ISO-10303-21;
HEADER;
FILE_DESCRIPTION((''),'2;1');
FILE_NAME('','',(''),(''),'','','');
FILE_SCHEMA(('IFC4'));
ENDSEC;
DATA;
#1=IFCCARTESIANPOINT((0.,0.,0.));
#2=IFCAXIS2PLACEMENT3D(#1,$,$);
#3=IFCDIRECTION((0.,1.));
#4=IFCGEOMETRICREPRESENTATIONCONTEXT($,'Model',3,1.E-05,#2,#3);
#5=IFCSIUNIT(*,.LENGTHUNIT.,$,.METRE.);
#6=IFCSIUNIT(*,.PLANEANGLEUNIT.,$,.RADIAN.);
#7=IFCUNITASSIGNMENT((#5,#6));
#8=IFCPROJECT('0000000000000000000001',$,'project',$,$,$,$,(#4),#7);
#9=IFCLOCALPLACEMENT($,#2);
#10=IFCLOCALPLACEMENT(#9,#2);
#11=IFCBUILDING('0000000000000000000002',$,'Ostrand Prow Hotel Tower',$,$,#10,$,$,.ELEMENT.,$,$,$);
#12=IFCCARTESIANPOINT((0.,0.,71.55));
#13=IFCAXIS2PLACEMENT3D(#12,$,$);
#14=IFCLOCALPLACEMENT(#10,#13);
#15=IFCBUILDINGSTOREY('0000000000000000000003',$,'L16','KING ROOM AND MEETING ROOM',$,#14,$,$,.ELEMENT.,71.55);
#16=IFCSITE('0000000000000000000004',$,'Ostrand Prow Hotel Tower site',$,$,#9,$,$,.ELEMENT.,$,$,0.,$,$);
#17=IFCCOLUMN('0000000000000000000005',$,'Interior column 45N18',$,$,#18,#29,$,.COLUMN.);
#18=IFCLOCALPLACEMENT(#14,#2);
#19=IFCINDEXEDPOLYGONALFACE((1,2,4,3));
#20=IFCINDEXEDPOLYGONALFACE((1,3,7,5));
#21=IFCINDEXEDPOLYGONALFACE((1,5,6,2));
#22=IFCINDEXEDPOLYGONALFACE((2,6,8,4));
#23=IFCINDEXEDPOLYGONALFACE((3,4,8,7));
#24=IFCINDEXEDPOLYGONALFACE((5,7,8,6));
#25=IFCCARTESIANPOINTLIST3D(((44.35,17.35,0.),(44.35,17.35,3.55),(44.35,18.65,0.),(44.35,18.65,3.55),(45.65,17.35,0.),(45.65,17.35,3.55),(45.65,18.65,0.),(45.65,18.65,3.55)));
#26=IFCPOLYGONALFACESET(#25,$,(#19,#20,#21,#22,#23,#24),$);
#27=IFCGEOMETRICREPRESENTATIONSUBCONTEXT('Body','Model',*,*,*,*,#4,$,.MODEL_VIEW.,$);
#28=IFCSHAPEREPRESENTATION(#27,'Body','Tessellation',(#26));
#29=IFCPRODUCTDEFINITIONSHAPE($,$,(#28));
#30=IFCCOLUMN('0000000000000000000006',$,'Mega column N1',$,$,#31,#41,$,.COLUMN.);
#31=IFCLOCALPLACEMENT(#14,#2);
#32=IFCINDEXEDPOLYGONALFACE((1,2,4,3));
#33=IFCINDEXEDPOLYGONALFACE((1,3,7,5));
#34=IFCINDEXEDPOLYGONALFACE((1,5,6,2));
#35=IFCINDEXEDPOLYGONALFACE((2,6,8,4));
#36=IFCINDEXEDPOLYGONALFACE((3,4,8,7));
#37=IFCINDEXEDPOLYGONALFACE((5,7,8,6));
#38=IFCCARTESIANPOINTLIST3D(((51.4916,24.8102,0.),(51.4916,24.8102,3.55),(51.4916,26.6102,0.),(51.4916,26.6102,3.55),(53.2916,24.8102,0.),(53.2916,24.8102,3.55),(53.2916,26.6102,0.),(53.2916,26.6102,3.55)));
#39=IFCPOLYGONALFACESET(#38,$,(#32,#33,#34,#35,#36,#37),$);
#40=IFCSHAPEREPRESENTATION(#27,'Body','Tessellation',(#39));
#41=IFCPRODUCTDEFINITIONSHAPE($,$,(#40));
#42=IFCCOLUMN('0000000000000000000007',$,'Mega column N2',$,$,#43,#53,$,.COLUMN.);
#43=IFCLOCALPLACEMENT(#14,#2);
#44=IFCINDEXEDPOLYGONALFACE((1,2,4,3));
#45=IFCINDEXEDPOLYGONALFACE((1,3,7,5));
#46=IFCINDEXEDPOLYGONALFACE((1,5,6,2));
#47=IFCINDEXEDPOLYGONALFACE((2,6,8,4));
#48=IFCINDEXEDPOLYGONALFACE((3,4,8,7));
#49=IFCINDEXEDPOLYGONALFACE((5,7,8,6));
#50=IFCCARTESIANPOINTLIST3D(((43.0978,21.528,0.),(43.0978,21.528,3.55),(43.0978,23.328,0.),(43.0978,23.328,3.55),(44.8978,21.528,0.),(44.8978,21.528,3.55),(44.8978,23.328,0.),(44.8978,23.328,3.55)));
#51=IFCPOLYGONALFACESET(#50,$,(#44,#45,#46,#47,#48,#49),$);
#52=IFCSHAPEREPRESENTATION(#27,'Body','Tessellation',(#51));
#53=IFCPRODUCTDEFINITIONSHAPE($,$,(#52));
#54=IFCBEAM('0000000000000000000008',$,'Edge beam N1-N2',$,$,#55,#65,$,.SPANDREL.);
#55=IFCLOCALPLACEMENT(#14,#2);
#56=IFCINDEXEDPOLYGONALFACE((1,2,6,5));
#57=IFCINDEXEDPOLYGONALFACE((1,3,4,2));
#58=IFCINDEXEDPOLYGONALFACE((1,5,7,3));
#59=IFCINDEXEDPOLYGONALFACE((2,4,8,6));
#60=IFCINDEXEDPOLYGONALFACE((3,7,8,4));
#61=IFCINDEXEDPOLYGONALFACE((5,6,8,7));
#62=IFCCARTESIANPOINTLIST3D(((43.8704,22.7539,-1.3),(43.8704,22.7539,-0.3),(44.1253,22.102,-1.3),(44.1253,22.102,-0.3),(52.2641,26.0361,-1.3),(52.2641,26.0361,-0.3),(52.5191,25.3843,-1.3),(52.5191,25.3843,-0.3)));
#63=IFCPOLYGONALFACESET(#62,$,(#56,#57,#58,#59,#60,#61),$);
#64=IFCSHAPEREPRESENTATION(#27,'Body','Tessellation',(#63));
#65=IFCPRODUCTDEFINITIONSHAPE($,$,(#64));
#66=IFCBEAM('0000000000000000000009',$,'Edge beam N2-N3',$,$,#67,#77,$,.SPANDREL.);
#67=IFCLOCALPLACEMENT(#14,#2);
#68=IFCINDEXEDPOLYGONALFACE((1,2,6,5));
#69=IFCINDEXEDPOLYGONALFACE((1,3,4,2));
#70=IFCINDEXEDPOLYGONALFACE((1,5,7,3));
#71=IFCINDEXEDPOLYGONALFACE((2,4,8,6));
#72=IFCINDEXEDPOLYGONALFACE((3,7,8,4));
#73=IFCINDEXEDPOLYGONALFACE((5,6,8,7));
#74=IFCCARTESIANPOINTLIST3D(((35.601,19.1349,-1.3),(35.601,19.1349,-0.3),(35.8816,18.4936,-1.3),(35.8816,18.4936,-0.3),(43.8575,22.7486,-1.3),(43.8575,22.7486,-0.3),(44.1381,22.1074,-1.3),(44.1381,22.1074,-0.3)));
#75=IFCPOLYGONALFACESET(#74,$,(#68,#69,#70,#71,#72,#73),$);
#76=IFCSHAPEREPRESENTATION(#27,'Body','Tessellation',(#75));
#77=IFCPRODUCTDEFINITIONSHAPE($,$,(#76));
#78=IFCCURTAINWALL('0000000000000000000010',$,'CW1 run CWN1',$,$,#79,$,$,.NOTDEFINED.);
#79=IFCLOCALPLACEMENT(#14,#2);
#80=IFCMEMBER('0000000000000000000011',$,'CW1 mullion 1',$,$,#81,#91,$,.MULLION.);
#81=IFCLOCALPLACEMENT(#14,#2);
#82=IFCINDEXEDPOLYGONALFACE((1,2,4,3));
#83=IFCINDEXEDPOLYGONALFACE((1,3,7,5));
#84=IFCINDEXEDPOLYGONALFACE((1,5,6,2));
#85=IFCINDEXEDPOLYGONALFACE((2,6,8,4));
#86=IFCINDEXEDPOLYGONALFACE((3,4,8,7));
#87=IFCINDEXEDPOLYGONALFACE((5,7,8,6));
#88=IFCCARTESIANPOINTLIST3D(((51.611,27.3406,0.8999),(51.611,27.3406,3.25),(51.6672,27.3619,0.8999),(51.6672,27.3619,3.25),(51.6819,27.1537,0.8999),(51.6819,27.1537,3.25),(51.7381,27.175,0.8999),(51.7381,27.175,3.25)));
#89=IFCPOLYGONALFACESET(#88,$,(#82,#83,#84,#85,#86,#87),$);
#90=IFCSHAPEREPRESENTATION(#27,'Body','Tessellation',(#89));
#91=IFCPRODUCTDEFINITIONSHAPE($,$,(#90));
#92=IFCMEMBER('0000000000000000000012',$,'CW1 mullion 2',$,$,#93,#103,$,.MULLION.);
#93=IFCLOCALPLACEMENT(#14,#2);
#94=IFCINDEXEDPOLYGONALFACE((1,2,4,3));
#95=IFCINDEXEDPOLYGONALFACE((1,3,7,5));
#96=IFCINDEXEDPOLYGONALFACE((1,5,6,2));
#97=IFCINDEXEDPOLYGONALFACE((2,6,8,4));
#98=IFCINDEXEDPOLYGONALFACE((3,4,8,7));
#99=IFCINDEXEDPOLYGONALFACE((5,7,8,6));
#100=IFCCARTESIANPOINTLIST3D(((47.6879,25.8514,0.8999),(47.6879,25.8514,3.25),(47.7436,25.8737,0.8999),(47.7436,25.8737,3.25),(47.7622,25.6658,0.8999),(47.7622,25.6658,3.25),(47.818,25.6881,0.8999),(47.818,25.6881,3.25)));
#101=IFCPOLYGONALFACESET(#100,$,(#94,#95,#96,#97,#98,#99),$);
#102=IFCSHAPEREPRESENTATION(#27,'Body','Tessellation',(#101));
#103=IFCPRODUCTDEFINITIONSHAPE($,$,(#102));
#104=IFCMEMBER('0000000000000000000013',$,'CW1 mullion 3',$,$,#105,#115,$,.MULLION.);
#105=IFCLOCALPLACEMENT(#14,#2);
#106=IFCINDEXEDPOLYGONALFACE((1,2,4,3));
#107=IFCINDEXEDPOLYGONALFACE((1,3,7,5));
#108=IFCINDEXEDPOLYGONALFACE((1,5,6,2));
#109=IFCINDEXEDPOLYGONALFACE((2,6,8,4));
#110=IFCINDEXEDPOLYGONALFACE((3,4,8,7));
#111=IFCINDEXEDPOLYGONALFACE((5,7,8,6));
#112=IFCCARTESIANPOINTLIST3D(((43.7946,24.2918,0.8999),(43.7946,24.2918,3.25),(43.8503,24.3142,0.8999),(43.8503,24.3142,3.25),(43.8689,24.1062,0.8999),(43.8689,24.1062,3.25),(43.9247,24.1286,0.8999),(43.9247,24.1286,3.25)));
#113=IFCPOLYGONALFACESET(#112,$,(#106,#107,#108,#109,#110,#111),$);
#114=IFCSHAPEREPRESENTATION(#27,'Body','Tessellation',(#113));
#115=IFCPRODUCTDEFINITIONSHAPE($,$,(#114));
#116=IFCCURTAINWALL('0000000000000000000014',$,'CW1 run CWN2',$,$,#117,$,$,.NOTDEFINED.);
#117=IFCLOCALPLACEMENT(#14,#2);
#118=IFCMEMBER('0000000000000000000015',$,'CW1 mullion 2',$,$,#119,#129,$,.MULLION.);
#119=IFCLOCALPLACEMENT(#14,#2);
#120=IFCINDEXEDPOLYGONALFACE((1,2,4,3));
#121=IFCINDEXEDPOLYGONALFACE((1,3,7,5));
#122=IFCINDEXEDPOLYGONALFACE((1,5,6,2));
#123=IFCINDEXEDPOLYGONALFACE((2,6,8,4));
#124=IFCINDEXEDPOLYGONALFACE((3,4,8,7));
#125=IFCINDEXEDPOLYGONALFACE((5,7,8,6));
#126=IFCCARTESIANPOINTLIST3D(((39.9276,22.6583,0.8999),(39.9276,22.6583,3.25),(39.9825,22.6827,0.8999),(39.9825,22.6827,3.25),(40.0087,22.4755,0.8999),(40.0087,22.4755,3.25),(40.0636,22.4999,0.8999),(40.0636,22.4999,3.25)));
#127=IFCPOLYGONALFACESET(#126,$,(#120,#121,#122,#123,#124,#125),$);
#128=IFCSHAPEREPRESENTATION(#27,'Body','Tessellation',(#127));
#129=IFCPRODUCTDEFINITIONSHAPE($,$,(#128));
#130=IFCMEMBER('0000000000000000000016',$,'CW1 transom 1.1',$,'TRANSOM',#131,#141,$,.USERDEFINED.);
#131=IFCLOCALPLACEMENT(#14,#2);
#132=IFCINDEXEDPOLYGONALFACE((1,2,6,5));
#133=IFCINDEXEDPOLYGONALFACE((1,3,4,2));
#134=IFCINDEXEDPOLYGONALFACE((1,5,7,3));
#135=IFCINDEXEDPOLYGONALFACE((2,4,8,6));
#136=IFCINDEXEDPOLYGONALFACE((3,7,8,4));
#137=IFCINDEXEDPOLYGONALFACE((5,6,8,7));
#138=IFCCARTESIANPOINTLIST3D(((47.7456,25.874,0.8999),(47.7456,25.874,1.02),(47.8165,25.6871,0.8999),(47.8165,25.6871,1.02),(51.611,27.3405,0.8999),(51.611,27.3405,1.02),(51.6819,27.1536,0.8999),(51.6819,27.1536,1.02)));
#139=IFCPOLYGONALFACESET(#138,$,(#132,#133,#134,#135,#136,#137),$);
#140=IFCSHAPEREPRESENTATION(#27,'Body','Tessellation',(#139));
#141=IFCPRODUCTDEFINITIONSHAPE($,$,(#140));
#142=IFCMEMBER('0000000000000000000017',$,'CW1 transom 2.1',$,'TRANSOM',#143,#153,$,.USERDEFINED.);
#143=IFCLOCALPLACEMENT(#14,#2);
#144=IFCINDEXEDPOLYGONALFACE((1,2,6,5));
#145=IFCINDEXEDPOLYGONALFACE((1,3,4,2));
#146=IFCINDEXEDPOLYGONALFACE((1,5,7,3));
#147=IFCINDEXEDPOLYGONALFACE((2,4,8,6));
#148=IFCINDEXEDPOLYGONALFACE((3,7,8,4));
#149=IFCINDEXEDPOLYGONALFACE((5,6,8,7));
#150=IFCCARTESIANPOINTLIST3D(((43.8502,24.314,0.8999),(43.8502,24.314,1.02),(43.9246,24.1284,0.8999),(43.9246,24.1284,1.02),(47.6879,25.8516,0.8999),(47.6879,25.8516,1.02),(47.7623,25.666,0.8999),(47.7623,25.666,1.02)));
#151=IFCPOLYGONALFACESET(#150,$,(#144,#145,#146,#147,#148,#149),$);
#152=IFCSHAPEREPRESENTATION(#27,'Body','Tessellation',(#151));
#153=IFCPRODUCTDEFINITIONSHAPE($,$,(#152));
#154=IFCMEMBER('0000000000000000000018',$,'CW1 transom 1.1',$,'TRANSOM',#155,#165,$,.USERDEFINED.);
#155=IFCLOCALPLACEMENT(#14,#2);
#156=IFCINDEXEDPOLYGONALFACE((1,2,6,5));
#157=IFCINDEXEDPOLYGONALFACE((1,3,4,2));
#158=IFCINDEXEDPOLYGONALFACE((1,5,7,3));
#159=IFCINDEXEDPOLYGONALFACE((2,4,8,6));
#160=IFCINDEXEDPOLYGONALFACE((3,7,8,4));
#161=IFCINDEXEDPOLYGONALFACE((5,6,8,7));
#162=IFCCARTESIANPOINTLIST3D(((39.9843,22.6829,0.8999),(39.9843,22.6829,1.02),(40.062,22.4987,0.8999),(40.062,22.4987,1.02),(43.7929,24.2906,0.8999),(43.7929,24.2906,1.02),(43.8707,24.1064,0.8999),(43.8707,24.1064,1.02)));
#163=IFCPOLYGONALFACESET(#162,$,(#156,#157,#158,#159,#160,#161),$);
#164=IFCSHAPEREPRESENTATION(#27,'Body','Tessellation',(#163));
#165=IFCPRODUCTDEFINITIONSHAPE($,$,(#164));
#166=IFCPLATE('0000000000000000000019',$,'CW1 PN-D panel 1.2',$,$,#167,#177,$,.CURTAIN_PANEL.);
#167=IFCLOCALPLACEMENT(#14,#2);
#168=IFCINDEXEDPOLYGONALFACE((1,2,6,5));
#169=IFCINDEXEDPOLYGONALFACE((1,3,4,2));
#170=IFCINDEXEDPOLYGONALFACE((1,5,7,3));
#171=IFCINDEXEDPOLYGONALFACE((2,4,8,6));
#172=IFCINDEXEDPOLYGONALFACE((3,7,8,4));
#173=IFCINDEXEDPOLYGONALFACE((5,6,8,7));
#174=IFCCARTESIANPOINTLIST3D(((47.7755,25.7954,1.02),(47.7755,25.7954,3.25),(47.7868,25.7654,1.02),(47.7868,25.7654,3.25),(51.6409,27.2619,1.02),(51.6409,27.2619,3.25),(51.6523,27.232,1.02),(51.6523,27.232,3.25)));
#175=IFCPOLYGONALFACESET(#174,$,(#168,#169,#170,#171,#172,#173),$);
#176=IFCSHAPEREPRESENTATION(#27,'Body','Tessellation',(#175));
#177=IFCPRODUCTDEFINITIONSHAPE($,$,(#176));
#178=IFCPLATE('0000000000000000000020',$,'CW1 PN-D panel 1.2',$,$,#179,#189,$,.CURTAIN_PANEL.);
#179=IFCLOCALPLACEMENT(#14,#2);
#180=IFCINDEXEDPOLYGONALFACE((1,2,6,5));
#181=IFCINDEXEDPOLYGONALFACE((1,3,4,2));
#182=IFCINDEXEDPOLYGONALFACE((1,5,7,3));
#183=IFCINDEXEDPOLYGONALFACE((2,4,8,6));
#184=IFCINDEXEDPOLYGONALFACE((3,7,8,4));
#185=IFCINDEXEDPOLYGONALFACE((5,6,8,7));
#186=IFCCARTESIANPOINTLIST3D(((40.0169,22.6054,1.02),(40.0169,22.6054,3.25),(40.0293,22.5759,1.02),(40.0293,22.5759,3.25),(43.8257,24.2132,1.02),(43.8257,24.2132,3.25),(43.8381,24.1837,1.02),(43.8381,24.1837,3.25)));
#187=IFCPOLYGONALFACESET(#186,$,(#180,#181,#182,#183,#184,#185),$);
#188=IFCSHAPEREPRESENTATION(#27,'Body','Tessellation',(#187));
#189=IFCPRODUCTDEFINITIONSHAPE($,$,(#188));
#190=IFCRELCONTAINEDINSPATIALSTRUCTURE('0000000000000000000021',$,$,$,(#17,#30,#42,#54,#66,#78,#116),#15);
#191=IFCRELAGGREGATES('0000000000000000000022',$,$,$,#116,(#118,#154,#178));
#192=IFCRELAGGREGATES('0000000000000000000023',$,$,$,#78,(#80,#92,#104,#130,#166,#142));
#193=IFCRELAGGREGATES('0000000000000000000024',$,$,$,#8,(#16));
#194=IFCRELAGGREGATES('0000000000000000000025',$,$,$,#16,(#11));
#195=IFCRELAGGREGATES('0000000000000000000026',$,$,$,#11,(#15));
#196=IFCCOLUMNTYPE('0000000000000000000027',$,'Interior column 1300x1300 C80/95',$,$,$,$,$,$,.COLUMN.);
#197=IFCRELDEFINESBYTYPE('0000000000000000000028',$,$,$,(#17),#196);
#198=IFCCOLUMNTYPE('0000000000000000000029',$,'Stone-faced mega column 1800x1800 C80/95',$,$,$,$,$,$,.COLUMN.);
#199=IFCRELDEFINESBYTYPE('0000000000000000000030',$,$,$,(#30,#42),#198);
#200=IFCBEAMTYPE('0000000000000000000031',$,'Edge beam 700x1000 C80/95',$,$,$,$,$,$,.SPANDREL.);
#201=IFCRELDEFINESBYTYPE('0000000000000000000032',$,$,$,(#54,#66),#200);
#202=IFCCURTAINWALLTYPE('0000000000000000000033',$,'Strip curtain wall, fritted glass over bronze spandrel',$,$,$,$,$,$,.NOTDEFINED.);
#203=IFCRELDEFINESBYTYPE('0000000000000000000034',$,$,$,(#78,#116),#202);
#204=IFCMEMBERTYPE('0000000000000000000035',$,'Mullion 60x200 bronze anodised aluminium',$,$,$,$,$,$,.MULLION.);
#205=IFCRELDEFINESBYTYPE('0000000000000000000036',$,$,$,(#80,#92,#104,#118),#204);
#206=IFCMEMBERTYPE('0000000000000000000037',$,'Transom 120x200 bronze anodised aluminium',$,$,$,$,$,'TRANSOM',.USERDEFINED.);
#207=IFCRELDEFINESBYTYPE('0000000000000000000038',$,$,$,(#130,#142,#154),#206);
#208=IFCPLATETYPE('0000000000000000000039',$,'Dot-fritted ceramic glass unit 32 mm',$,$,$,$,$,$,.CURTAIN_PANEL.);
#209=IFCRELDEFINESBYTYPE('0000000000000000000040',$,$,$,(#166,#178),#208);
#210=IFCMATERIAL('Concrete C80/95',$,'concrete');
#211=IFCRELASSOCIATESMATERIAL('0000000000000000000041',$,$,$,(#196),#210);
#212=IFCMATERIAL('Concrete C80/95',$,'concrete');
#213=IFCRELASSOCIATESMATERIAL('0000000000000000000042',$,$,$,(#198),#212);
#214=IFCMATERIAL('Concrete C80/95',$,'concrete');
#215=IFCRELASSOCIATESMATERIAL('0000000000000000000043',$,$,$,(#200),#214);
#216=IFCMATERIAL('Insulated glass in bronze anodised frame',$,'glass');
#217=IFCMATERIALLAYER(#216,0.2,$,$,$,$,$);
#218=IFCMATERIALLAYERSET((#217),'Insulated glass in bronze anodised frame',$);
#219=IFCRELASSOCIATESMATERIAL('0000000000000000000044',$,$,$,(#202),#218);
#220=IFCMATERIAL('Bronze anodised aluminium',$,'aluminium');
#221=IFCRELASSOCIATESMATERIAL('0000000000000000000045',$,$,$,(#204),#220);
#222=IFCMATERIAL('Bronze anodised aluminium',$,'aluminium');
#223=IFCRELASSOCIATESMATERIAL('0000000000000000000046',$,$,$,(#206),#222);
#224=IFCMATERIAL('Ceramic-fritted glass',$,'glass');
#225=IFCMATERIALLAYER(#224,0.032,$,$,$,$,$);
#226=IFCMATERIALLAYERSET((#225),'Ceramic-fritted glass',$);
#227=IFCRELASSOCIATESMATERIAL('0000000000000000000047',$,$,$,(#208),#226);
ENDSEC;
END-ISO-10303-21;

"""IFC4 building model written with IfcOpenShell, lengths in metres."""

from ifc_helpers import new_model, si_unit, direction, frame, origin, origin_2d, place, context, subcontext, project, spatial, rectangle, extrude, material, layer, layer_set, material_profile, profile_set, type_object, element, aggregate, save


model = new_model("IFC4")

# Units and contexts
model_context = context("Model", 3, precision=1e-05, world=origin(), true_north=direction((0.0, 1.0)))
body_context = subcontext(model_context, "Body", "Model", "MODEL_VIEW")
ifc_project = project(units=[si_unit("LENGTHUNIT", "METRE"), si_unit("PLANEANGLEUNIT", "RADIAN")], contexts=[model_context])

# Site, building, storey
site_placement = place(None, origin())
site = spatial("IfcSite", under=ifc_project, at=site_placement, Name="Ostrand Prow Hotel Tower site", CompositionType="ELEMENT", RefElevation=0.0)
building_placement = place(site_placement, origin())
building = spatial("IfcBuilding", under=site, at=building_placement, Name="Ostrand Prow Hotel Tower", CompositionType="ELEMENT")
storey_placement = place(building_placement, frame((0.0, 0.0, 71.55)))
storey = spatial("IfcBuildingStorey", under=building, at=storey_placement, Name="L16", Description="KING ROOM AND MEETING ROOM", CompositionType="ELEMENT", Elevation=71.55)

# Columns
ifc_material_1 = material(Name="Concrete C80/95", Category="concrete")
ifc_material_profile_1 = material_profile(ifc_material_1, rectangle(XDim=1.3, YDim=1.3, at=origin_2d()), Name="RC 1300x1300")
ifc_profile_set_1 = profile_set([ifc_material_profile_1], Name="Concrete C80/95")
column_type_1 = type_object("IfcColumnType", Name="Interior column 1300x1300 C80/95", PredefinedType="COLUMN", material=ifc_profile_set_1)
column_placement = place(storey_placement, frame((45.0, 18.0, 0.0), z_axis=(0.0, 0.0, 1.0), x_axis=(1.0, 0.0, 0.0)))
element("IfcColumn", 1, at=column_placement, inside=storey, type_object=column_type_1, Name="Interior column 45N18", PredefinedType="COLUMN", context=body_context, shape_type="SweptSolid", body=[
    extrude(rectangle(XDim=1.3, YDim=1.3, at=origin_2d()), origin(), (0.0, 0.0, 1.0), 3.55),
])
ifc_material_2 = material(Name="Concrete C80/95", Category="concrete")
ifc_material_profile_2 = material_profile(ifc_material_2, rectangle(XDim=1.8, YDim=1.8, at=origin_2d()), Name="RC 1800x1800")
ifc_profile_set_2 = profile_set([ifc_material_profile_2], Name="Concrete C80/95")
column_type_2 = type_object("IfcColumnType", Name="Stone-faced mega column 1800x1800 C80/95", PredefinedType="COLUMN", material=ifc_profile_set_2)
for number, where, z_axis, x_axis, name in (
    (2, (52.3916, 25.7102, 0.0), (0.0, 0.0, 1.0), (1.0, 0.0, 0.0), "Mega column N1"),
    (3, (43.9978, 22.428, 0.0), (0.0, 0.0, 1.0), (1.0, 0.0, 0.0), "Mega column N2"),
):
    element("IfcColumn", number, at=place(storey_placement, frame(where, z_axis=z_axis, x_axis=x_axis)), inside=storey, type_object=column_type_2, Name=name, PredefinedType="COLUMN", context=body_context, shape_type="SweptSolid", body=[
        extrude(rectangle(XDim=1.8, YDim=1.8, at=origin_2d()), origin(), (0.0, 0.0, 1.0), 3.55),
    ])

# Beams
ifc_material_3 = material(Name="Concrete C80/95", Category="concrete")
ifc_material_profile_3 = material_profile(ifc_material_3, rectangle(XDim=0.7, YDim=1.0, at=origin_2d()), Name="RC 700x1000")
ifc_profile_set_3 = profile_set([ifc_material_profile_3], Name="Concrete C80/95")
beam_type = type_object("IfcBeamType", Name="Edge beam 700x1000 C80/95", PredefinedType="SPANDREL", material=ifc_profile_set_3)
for number, where, z_axis, x_axis, name in (
    (4, (52.3916, 25.7102, -0.8), (-0.931329, -0.364178, 0.0), (0.364178, -0.931329, 0.0), "Edge beam N1-N2"),
    (5, (43.9978, 22.428, -0.8), (-0.916096, -0.40096, 0.0), (0.40096, -0.916096, 0.0), "Edge beam N2-N3"),
):
    element("IfcBeam", number, at=place(storey_placement, frame(where, z_axis=z_axis, x_axis=x_axis)), inside=storey, type_object=beam_type, Name=name, PredefinedType="SPANDREL", context=body_context, shape_type="SweptSolid", body=[
        extrude(rectangle(XDim=0.7, YDim=1.0, at=origin_2d()), origin(), (0.0, 0.0, 1.0), 9.0127),
    ])

# Curtain wall, members
ifc_material_4 = material(Name="Insulated glass in bronze anodised frame", Category="glass")
ifc_layer_1 = layer(ifc_material_4, 0.2)
ifc_layer_set_1 = layer_set([ifc_layer_1], Name="Insulated glass in bronze anodised frame")
curtain_wall_type = type_object("IfcCurtainWallType", Name="Strip curtain wall, fritted glass over bronze spandrel", PredefinedType="NOTDEFINED", material=ifc_layer_set_1)
curtain_wall_1_placement = place(storey_placement, origin())
curtain_wall_1 = element("IfcCurtainWall", 6, at=curtain_wall_1_placement, inside=storey, type_object=curtain_wall_type, Name="CW1 run CWN1", PredefinedType="NOTDEFINED")
ifc_material_5 = material(Name="Bronze anodised aluminium", Category="aluminium")
ifc_material_profile_4 = material_profile(ifc_material_5, rectangle(XDim=0.2, YDim=0.0601, at=origin_2d()), Name="Mullion 60x200 bronze anodised aluminium")
ifc_profile_set_4 = profile_set([ifc_material_profile_4], Name="Bronze anodised aluminium")
member_type_1 = type_object("IfcMemberType", Name="Mullion 60x200 bronze anodised aluminium", PredefinedType="MULLION", material=ifc_profile_set_4)
member_1_placement = place(storey_placement, frame((51.6746, 27.2578, 0.8999), z_axis=(0.0, 0.0, 1.0), x_axis=(0.354728, -0.934969, 0.0)))
member_1 = element("IfcMember", 7, at=member_1_placement, type_object=member_type_1, Name="CW1 mullion 1", PredefinedType="MULLION", context=body_context, shape_type="SweptSolid", body=[
    extrude(rectangle(XDim=0.2, YDim=0.0601, at=origin_2d()), origin(), (0.0, 0.0, 1.0), 2.3501),
])
member_2_placement = place(storey_placement, frame((47.7529, 25.7698, 0.8999), z_axis=(0.0, 0.0, 1.0), x_axis=(0.371873, -0.928283, 0.0)))
member_2 = element("IfcMember", 8, at=member_2_placement, type_object=member_type_1, Name="CW1 mullion 2", PredefinedType="MULLION", context=body_context, shape_type="SweptSolid", body=[
    extrude(rectangle(XDim=0.2, YDim=0.0601, at=origin_2d()), origin(), (0.0, 0.0, 1.0), 2.3501),
])
member_3_placement = place(storey_placement, frame((43.8596, 24.2102, 0.8999), z_axis=(0.0, 0.0, 1.0), x_axis=(0.371873, -0.928283, 0.0)))
member_3 = element("IfcMember", 9, at=member_3_placement, type_object=member_type_1, Name="CW1 mullion 3", PredefinedType="MULLION", context=body_context, shape_type="SweptSolid", body=[
    extrude(rectangle(XDim=0.2, YDim=0.0601, at=origin_2d()), origin(), (0.0, 0.0, 1.0), 2.3501),
])

# Curtain wall, member
curtain_wall_2_placement = place(storey_placement, origin())
curtain_wall_2 = element("IfcCurtainWall", 10, at=curtain_wall_2_placement, inside=storey, type_object=curtain_wall_type, Name="CW1 run CWN2", PredefinedType="NOTDEFINED")
member_4_placement = place(storey_placement, frame((39.9956, 22.5791, 0.8999), z_axis=(0.0, 0.0, 1.0), x_axis=(0.40578, -0.913971, 0.0)))
member_4 = element("IfcMember", 11, at=member_4_placement, type_object=member_type_1, Name="CW1 mullion 2", PredefinedType="MULLION", context=body_context, shape_type="SweptSolid", body=[
    extrude(rectangle(XDim=0.2, YDim=0.0601, at=origin_2d()), origin(), (0.0, 0.0, 1.0), 2.3501),
])

# Members
ifc_material_6 = material(Name="Bronze anodised aluminium", Category="aluminium")
ifc_material_profile_5 = material_profile(ifc_material_6, rectangle(XDim=0.2, YDim=0.1201, at=origin_2d()), Name="Transom 120x200 bronze anodised aluminium")
ifc_profile_set_5 = profile_set([ifc_material_profile_5], Name="Bronze anodised aluminium")
member_type_2 = type_object("IfcMemberType", Name="Transom 120x200 bronze anodised aluminium", ElementType="TRANSOM", PredefinedType="USERDEFINED", material=ifc_profile_set_5)
member_5_placement = place(storey_placement, frame((51.6465, 27.2471, 0.96), z_axis=(-0.934971, -0.354725, 0.0), x_axis=(0.354725, -0.934971, 0.0)))
member_5 = element("IfcMember", 12, at=member_5_placement, type_object=member_type_2, Name="CW1 transom 1.1", ObjectType="TRANSOM", PredefinedType="USERDEFINED", context=body_context, shape_type="SweptSolid", body=[
    extrude(rectangle(XDim=0.2, YDim=0.1201, at=origin_2d()), origin(), (0.0, 0.0, 1.0), 4.1343),
])
member_6_placement = place(storey_placement, frame((47.7251, 25.7588, 0.96), z_axis=(-0.928265, -0.37192, 0.0), x_axis=(0.37192, -0.928265, 0.0)))
member_6 = element("IfcMember", 13, at=member_6_placement, type_object=member_type_2, Name="CW1 transom 2.1", ObjectType="TRANSOM", PredefinedType="USERDEFINED", context=body_context, shape_type="SweptSolid", body=[
    extrude(rectangle(XDim=0.2, YDim=0.1201, at=origin_2d()), origin(), (0.0, 0.0, 1.0), 4.1343),
])
member_7_placement = place(storey_placement, frame((43.8318, 24.1985, 0.96), z_axis=(-0.921285, -0.388888, 0.0), x_axis=(0.388888, -0.921285, 0.0)))
member_7 = element("IfcMember", 14, at=member_7_placement, type_object=member_type_2, Name="CW1 transom 1.1", ObjectType="TRANSOM", PredefinedType="USERDEFINED", context=body_context, shape_type="SweptSolid", body=[
    extrude(rectangle(XDim=0.2, YDim=0.1201, at=origin_2d()), origin(), (0.0, 0.0, 1.0), 4.134),
])

# Plates
ifc_material_7 = material(Name="Ceramic-fritted glass", Category="glass")
ifc_layer_2 = layer(ifc_material_7, 0.032)
ifc_layer_set_2 = layer_set([ifc_layer_2], Name="Ceramic-fritted glass")
plate_type_1 = type_object("IfcPlateType", Name="Dot-fritted ceramic glass unit 32 mm", PredefinedType="CURTAIN_PANEL", material=ifc_layer_set_2)
plate_1_placement = place(storey_placement, frame((49.7139, 26.5137, 1.02), z_axis=(0.0, 0.0, 1.0), x_axis=(-0.934969, -0.354728, 0.0)))
plate_1 = element("IfcPlate", 15, at=plate_1_placement, type_object=plate_type_1, Name="CW1 PN-D panel 1.2", PredefinedType="CURTAIN_PANEL", context=body_context, shape_type="SweptSolid", body=[
    extrude(rectangle(XDim=4.1343, YDim=0.032, at=origin_2d()), origin(), (0.0, 0.0, 1.0), 2.23),
])
plate_2_placement = place(storey_placement, frame((41.9275, 23.3945, 1.02), z_axis=(0.0, 0.0, 1.0), x_axis=(-0.921283, -0.388892, 0.0)))
plate_2 = element("IfcPlate", 16, at=plate_2_placement, type_object=plate_type_1, Name="CW1 PN-D panel 1.2", PredefinedType="CURTAIN_PANEL", context=body_context, shape_type="SweptSolid", body=[
    extrude(rectangle(XDim=4.1343, YDim=0.032, at=origin_2d()), origin(), (0.0, 0.0, 1.0), 2.23),
])
aggregate(curtain_wall_2, [member_4, member_7, plate_2])
aggregate(curtain_wall_1, [member_1, member_2, member_3, member_5, plate_1, member_6])

save(model, "model.ifc")
